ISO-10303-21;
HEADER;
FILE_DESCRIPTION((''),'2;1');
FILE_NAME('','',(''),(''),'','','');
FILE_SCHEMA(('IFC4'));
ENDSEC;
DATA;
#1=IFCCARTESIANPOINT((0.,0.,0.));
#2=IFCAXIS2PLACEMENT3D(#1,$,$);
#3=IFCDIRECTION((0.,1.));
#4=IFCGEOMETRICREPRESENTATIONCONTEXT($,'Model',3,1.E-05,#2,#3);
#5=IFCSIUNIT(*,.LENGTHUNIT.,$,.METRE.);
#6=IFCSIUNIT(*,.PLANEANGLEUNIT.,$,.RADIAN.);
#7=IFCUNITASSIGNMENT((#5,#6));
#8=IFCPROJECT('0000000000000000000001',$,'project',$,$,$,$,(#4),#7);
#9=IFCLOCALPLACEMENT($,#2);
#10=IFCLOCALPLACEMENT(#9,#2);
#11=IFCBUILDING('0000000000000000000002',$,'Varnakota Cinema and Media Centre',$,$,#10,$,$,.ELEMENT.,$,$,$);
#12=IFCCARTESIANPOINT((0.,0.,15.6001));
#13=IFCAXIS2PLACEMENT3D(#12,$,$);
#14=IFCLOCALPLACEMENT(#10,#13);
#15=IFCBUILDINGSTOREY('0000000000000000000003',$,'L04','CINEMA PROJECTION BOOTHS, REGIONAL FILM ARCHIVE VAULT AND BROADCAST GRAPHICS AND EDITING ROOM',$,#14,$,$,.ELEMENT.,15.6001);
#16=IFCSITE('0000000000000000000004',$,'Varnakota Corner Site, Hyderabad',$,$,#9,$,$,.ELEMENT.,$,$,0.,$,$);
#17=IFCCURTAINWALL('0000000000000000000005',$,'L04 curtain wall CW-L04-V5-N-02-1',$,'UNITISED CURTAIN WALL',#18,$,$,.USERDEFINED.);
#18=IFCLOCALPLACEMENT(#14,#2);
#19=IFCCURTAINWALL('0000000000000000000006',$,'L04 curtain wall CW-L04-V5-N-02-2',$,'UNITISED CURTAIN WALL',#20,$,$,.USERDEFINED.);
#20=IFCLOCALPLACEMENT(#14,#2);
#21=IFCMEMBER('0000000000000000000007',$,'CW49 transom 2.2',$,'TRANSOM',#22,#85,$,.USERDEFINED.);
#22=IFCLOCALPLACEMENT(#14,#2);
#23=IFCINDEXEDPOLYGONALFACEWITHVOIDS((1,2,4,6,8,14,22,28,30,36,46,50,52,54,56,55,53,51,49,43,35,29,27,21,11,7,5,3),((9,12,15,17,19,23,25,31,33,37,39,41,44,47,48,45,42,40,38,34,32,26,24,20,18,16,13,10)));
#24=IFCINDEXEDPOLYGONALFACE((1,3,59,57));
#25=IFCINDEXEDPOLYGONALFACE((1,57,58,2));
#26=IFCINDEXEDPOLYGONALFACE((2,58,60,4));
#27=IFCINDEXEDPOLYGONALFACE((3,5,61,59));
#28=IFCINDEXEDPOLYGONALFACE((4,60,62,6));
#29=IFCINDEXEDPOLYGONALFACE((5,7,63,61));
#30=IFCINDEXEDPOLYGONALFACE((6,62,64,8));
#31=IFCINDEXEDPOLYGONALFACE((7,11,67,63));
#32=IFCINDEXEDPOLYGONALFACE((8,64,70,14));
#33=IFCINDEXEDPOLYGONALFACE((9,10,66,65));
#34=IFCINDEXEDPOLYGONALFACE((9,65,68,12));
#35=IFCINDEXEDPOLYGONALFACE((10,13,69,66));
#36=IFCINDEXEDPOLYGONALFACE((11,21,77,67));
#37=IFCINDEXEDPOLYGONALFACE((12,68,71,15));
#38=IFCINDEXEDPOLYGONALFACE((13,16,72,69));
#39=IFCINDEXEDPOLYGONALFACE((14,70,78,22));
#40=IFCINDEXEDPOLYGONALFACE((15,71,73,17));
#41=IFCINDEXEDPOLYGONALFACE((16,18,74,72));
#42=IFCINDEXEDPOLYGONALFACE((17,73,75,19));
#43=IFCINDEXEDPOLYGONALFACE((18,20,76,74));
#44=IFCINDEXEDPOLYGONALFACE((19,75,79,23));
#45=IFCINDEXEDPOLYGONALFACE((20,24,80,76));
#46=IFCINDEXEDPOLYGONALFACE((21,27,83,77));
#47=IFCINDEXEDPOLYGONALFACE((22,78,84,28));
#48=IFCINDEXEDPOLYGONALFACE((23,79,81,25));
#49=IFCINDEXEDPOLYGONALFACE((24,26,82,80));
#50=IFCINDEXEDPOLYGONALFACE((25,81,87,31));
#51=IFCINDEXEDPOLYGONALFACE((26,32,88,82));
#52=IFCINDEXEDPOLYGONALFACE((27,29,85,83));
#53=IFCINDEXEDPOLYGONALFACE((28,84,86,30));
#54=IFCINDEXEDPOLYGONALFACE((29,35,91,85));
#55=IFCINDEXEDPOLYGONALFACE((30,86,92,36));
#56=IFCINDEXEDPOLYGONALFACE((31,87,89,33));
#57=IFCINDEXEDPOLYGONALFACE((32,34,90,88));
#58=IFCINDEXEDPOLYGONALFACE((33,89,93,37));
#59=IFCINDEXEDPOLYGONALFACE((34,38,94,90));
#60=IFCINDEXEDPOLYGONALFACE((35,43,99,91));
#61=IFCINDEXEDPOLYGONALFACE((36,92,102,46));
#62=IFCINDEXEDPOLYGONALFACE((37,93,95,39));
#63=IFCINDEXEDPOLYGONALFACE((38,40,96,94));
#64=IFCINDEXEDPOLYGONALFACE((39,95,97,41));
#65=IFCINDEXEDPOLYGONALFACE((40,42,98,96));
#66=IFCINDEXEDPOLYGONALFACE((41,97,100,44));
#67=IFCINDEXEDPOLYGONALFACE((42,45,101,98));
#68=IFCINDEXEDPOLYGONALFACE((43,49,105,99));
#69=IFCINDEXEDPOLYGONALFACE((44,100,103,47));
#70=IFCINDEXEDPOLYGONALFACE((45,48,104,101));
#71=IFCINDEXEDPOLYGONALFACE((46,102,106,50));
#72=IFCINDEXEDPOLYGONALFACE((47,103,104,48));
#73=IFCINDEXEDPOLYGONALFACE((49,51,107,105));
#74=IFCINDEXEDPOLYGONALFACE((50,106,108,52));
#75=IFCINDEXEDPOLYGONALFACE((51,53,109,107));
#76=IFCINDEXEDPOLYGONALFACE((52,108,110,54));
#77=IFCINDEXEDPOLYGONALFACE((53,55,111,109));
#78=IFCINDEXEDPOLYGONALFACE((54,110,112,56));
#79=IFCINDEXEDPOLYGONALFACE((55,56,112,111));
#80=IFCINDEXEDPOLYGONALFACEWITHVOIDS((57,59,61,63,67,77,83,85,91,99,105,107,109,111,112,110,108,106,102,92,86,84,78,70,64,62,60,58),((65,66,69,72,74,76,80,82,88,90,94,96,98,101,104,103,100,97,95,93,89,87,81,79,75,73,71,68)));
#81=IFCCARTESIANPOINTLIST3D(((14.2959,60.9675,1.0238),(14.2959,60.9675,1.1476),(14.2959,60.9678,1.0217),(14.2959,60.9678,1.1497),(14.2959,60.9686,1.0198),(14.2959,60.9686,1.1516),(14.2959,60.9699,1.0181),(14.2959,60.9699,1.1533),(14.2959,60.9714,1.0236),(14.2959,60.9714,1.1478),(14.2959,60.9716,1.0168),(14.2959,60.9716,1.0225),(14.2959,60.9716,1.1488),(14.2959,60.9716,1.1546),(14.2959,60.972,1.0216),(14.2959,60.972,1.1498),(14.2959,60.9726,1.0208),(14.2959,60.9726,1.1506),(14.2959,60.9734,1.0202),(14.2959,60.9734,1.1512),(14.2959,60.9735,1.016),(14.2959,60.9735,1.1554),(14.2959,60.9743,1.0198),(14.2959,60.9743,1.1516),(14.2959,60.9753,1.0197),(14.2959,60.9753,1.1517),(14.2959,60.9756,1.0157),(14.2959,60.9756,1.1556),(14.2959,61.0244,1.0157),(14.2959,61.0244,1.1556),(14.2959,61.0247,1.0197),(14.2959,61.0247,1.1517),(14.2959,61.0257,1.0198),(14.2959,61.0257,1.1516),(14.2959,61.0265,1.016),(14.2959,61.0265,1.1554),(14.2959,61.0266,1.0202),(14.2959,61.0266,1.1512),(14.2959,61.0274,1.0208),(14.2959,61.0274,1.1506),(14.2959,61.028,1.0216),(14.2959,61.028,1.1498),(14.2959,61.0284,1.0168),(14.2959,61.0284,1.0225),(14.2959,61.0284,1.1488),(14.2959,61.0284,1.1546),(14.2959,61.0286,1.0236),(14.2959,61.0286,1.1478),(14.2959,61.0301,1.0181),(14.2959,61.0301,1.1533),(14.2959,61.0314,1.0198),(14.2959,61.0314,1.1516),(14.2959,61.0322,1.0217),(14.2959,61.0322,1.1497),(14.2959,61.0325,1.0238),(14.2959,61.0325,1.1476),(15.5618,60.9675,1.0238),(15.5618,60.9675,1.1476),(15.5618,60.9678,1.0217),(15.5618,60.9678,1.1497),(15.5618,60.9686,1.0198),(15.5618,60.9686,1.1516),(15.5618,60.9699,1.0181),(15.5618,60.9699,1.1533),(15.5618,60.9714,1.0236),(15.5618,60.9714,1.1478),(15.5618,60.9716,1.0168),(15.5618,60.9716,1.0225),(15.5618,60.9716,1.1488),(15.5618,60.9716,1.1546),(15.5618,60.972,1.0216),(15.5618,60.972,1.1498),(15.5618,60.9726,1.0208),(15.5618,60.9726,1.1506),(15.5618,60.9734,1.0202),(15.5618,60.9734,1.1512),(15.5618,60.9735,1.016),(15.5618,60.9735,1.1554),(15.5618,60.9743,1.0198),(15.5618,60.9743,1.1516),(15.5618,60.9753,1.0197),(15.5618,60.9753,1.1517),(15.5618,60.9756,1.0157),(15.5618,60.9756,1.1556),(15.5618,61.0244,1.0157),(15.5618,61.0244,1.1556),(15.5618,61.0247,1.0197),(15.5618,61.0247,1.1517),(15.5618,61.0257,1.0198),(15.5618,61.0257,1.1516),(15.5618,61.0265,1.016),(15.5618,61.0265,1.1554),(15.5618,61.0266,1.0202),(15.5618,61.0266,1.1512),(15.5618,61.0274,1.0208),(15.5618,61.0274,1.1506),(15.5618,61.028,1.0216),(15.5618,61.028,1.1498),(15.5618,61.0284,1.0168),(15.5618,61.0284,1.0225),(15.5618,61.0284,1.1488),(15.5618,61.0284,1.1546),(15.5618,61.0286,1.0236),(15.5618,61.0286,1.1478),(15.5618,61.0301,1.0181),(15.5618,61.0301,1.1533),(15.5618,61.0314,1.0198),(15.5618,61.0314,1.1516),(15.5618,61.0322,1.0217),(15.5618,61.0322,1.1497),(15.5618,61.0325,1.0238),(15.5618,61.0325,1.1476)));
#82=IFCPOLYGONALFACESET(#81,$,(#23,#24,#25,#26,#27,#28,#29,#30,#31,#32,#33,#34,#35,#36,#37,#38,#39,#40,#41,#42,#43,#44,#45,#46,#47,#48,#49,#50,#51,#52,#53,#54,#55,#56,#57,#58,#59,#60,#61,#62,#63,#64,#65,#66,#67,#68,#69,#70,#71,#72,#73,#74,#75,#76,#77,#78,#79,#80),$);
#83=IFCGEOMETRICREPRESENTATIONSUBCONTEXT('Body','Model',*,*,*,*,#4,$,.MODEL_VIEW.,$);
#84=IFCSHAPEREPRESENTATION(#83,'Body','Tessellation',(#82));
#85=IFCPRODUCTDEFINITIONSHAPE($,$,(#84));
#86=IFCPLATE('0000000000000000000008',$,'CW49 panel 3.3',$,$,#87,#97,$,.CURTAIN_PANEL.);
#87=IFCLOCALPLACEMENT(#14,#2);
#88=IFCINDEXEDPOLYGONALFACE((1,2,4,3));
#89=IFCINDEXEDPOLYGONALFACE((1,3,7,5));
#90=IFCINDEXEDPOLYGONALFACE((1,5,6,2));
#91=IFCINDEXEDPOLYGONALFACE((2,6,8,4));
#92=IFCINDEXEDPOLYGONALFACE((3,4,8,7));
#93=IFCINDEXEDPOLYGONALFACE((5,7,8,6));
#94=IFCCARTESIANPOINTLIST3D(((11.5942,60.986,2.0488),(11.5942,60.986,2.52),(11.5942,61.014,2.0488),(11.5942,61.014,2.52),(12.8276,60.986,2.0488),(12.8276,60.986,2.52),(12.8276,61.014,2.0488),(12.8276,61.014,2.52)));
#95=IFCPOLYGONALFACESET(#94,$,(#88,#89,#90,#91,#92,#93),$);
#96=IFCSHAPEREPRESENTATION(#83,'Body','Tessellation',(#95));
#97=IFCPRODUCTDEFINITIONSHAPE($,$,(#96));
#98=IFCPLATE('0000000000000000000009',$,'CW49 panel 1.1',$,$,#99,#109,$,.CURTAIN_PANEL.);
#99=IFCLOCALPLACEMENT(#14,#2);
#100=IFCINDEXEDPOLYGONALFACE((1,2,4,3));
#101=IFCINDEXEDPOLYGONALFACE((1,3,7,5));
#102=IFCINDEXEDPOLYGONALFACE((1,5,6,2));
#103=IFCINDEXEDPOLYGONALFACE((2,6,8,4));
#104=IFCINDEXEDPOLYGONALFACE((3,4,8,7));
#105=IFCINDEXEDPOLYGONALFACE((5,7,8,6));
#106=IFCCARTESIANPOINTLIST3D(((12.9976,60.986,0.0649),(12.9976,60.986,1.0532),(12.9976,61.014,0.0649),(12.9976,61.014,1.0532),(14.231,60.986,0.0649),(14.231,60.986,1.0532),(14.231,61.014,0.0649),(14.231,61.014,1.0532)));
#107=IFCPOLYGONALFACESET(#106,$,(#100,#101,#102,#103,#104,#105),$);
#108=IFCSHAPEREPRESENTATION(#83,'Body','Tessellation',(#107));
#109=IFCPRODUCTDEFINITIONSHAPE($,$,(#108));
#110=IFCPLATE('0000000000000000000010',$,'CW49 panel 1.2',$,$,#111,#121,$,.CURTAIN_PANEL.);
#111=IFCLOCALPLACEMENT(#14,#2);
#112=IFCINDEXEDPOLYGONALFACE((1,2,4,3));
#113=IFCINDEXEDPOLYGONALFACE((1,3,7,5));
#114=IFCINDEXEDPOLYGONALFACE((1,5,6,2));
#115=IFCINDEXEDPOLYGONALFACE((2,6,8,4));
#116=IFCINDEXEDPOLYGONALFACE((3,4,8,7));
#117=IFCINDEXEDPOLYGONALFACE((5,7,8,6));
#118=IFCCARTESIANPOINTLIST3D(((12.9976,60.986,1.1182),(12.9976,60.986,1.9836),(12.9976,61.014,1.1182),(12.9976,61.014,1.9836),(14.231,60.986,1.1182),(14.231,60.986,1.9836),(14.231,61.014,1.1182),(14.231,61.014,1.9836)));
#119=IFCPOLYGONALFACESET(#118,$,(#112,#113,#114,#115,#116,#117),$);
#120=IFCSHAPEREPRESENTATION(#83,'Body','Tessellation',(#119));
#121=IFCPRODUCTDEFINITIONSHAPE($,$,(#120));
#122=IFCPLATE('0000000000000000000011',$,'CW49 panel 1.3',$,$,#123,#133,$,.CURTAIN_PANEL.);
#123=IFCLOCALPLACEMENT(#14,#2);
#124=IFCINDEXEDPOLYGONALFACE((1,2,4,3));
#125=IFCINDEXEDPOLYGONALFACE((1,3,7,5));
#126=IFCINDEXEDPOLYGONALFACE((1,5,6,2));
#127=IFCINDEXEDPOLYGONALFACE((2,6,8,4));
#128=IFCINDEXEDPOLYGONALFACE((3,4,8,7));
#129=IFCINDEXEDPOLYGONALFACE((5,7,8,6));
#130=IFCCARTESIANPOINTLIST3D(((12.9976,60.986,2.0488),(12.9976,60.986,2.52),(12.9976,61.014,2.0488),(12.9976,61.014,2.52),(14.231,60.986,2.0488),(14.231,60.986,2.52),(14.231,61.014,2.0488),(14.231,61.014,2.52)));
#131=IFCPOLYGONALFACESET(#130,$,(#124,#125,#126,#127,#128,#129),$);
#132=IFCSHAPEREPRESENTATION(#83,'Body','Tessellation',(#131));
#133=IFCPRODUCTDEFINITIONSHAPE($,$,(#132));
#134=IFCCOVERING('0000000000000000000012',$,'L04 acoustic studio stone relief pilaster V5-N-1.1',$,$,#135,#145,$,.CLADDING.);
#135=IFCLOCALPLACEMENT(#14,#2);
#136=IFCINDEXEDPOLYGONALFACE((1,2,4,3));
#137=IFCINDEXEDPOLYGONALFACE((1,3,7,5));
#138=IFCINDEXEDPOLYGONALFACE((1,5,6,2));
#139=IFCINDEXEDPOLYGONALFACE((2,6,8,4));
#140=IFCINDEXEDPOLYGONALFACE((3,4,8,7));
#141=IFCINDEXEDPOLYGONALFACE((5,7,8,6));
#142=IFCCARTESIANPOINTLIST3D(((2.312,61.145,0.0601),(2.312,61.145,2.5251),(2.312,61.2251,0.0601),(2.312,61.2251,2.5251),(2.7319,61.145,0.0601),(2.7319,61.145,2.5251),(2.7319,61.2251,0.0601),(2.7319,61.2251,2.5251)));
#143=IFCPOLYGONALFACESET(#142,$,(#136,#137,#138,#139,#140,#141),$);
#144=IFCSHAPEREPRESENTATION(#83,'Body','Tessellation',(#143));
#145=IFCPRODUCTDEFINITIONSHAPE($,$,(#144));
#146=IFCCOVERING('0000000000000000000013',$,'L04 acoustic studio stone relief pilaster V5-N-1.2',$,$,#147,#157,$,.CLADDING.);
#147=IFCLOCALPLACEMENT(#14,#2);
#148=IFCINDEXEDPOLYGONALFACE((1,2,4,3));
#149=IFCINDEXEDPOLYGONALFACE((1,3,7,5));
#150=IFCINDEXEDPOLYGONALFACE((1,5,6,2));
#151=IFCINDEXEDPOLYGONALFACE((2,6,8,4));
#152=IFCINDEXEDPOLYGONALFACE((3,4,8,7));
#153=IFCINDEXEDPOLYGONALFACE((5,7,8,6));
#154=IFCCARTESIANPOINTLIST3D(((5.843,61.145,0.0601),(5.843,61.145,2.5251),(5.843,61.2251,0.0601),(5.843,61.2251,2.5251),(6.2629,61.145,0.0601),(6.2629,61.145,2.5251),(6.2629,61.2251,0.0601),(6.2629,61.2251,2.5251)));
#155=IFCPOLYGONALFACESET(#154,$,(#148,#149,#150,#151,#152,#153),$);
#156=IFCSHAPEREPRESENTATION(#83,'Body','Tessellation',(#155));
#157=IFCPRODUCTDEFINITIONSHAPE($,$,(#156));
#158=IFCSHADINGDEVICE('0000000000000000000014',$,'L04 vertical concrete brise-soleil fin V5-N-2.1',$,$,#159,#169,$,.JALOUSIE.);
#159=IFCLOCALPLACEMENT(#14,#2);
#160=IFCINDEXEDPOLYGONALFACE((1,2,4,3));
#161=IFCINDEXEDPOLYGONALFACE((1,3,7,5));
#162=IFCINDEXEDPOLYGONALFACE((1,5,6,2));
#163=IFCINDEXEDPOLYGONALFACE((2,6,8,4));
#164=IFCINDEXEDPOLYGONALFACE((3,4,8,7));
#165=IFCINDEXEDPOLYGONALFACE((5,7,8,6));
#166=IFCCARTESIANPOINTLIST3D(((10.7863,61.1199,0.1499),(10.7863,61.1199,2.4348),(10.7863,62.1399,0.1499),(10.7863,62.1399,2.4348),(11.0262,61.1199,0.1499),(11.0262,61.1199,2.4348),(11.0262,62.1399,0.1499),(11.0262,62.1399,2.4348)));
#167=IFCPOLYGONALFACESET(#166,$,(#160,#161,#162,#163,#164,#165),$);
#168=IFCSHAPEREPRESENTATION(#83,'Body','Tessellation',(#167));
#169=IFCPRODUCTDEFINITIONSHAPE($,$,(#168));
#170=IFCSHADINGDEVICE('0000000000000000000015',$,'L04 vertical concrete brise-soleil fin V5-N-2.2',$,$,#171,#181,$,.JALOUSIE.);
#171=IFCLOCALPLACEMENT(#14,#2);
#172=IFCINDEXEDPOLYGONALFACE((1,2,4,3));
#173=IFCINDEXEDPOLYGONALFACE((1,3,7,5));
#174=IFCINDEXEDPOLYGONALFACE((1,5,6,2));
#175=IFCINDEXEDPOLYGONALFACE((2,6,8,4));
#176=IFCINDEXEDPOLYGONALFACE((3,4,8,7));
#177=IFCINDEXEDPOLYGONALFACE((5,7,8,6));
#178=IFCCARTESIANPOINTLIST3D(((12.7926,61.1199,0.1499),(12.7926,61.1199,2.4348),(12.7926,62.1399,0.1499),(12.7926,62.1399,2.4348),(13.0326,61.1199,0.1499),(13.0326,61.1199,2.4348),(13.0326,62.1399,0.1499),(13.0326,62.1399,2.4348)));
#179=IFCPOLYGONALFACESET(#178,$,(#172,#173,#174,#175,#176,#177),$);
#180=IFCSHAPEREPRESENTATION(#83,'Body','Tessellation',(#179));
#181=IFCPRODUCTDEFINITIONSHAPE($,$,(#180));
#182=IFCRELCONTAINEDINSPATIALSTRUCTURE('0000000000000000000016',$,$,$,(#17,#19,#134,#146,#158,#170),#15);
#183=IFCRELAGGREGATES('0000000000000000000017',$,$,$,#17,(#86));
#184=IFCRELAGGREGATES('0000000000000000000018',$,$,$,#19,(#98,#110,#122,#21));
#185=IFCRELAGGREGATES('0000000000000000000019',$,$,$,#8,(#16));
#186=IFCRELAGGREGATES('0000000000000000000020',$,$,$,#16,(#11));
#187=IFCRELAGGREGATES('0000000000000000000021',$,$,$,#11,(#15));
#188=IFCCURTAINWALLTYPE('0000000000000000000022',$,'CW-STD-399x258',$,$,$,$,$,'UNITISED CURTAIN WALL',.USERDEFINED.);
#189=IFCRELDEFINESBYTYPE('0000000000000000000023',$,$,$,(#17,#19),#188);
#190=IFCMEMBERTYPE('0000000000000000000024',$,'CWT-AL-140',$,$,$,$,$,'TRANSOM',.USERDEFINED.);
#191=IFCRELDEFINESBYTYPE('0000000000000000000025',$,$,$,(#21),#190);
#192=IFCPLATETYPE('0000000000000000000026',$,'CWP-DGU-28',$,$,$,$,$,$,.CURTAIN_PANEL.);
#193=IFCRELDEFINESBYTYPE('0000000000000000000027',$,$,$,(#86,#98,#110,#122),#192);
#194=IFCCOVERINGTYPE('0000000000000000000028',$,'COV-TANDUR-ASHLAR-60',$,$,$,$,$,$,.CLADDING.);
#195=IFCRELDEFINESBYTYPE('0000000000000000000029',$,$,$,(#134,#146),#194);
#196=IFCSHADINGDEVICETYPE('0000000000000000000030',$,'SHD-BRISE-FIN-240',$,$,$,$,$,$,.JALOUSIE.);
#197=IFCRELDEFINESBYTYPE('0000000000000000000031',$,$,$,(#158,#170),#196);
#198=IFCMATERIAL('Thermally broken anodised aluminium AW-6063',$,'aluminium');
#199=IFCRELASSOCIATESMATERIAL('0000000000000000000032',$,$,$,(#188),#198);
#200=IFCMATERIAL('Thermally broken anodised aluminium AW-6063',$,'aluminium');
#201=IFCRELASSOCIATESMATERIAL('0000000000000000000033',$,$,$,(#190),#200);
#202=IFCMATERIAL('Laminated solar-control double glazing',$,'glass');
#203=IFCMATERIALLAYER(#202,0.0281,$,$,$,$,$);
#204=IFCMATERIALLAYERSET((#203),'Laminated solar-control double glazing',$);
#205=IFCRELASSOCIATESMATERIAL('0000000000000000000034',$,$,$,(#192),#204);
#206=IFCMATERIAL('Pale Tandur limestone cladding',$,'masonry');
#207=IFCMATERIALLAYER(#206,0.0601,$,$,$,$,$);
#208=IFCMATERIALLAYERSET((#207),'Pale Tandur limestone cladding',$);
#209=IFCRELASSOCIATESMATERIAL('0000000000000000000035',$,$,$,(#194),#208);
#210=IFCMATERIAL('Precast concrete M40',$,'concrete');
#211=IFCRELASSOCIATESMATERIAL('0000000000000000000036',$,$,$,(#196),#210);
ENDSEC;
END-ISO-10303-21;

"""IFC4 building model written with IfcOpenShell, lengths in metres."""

from ifc_helpers import new_model, si_unit, direction, frame, origin, origin_2d, place, context, subcontext, project, spatial, rectangle, hollow_rectangle, extrude, material, layer, layer_set, material_profile, profile_set, type_object, element, aggregate, save


model = new_model("IFC4")

# Units and contexts
model_context = context("Model", 3, precision=1e-05, world=origin(), true_north=direction((0.0, 1.0)))
body_context = subcontext(model_context, "Body", "Model", "MODEL_VIEW")
ifc_project = project(units=[si_unit("LENGTHUNIT", "METRE"), si_unit("PLANEANGLEUNIT", "RADIAN")], contexts=[model_context])

# Site, building, storey
site_placement = place(None, origin())
site = spatial("IfcSite", under=ifc_project, at=site_placement, Name="Varnakota Corner Site, Hyderabad", CompositionType="ELEMENT", RefElevation=0.0)
building_placement = place(site_placement, origin())
building = spatial("IfcBuilding", under=site, at=building_placement, Name="Varnakota Cinema and Media Centre", CompositionType="ELEMENT")
storey_placement = place(building_placement, frame((0.0, 0.0, 15.6001)))
storey = spatial("IfcBuildingStorey", under=building, at=storey_placement, Name="L04", Description="CINEMA PROJECTION BOOTHS, REGIONAL FILM ARCHIVE VAULT AND BROADCAST GRAPHICS AND EDITING ROOM", CompositionType="ELEMENT", Elevation=15.6001)

# Curtain wall
ifc_material_1 = material(Name="Thermally broken anodised aluminium AW-6063", Category="aluminium")
curtain_wall_type = type_object("IfcCurtainWallType", Name="CW-STD-399x258", ElementType="UNITISED CURTAIN WALL", PredefinedType="USERDEFINED", material=ifc_material_1)
curtain_wall_1_placement = place(storey_placement, origin())
curtain_wall_1 = element("IfcCurtainWall", 1, at=curtain_wall_1_placement, inside=storey, type_object=curtain_wall_type, Name="L04 curtain wall CW-L04-V5-N-02-1", ObjectType="UNITISED CURTAIN WALL", PredefinedType="USERDEFINED")

# Curtain wall, member
curtain_wall_2_placement = place(storey_placement, origin())
curtain_wall_2 = element("IfcCurtainWall", 2, at=curtain_wall_2_placement, inside=storey, type_object=curtain_wall_type, Name="L04 curtain wall CW-L04-V5-N-02-2", ObjectType="UNITISED CURTAIN WALL", PredefinedType="USERDEFINED")
ifc_material_2 = material(Name="Thermally broken anodised aluminium AW-6063", Category="aluminium")
ifc_material_profile_1 = material_profile(ifc_material_2, hollow_rectangle(XDim=0.0649, YDim=0.1399, WallThickness=0.0039, InnerFilletRadius=0.0039, OuterFilletRadius=0.0081, at=origin_2d()), Name="AL-TRANSOM 140x65x4")
ifc_profile_set_1 = profile_set([ifc_material_profile_1], Name="Thermally broken anodised aluminium AW-6063")
member_type_1 = type_object("IfcMemberType", Name="CWT-AL-140", ElementType="TRANSOM", PredefinedType="USERDEFINED", material=ifc_profile_set_1)
member_1_placement = place(storey_placement, frame((14.2959, 61.0, 1.0857), z_axis=(1.0, 0.0, 0.0), x_axis=(0.0, 1.0, 0.0)))
member_1 = element("IfcMember", 3, at=member_1_placement, type_object=member_type_1, Name="CW49 transom 2.2", ObjectType="TRANSOM", PredefinedType="USERDEFINED", context=body_context, shape_type="SweptSolid", body=[
    extrude(hollow_rectangle(XDim=0.0649, YDim=0.1399, WallThickness=0.0039, InnerFilletRadius=0.0039, OuterFilletRadius=0.0081, at=origin_2d()), origin(), (0.0, 0.0, 1.0), 1.2659),
])

# Plates
ifc_material_3 = material(Name="Laminated solar-control double glazing", Category="glass")
ifc_layer_1 = layer(ifc_material_3, 0.0281)
ifc_layer_set_1 = layer_set([ifc_layer_1], Name="Laminated solar-control double glazing")
plate_type = type_object("IfcPlateType", Name="CWP-DGU-28", PredefinedType="CURTAIN_PANEL", material=ifc_layer_set_1)
plate_1_placement = place(storey_placement, frame((12.2109, 61.0, 2.0488), z_axis=(0.0, 0.0, 1.0), x_axis=(1.0, 0.0, 0.0)))
plate_1 = element("IfcPlate", 4, at=plate_1_placement, type_object=plate_type, Name="CW49 panel 3.3", PredefinedType="CURTAIN_PANEL", context=body_context, shape_type="SweptSolid", body=[
    extrude(rectangle(XDim=1.2334, YDim=0.0281, at=origin_2d()), origin(), (0.0, 0.0, 1.0), 0.4712),
])
aggregate(curtain_wall_1, [plate_1])
plate_2_placement = place(storey_placement, frame((13.6143, 61.0, 0.0649), z_axis=(0.0, 0.0, 1.0), x_axis=(1.0, 0.0, 0.0)))
plate_2 = element("IfcPlate", 5, at=plate_2_placement, type_object=plate_type, Name="CW49 panel 1.1", PredefinedType="CURTAIN_PANEL", context=body_context, shape_type="SweptSolid", body=[
    extrude(rectangle(XDim=1.2334, YDim=0.0281, at=origin_2d()), origin(), (0.0, 0.0, 1.0), 0.9883),
])
plate_3_placement = place(storey_placement, frame((13.6143, 61.0, 1.1182), z_axis=(0.0, 0.0, 1.0), x_axis=(1.0, 0.0, 0.0)))
plate_3 = element("IfcPlate", 6, at=plate_3_placement, type_object=plate_type, Name="CW49 panel 1.2", PredefinedType="CURTAIN_PANEL", context=body_context, shape_type="SweptSolid", body=[
    extrude(rectangle(XDim=1.2334, YDim=0.0281, at=origin_2d()), origin(), (0.0, 0.0, 1.0), 0.8655),
])
plate_4_placement = place(storey_placement, frame((13.6143, 61.0, 2.0488), z_axis=(0.0, 0.0, 1.0), x_axis=(1.0, 0.0, 0.0)))
plate_4 = element("IfcPlate", 7, at=plate_4_placement, type_object=plate_type, Name="CW49 panel 1.3", PredefinedType="CURTAIN_PANEL", context=body_context, shape_type="SweptSolid", body=[
    extrude(rectangle(XDim=1.2334, YDim=0.0281, at=origin_2d()), origin(), (0.0, 0.0, 1.0), 0.4712),
])
aggregate(curtain_wall_2, [plate_2, plate_3, plate_4, member_1])

# Coverings
ifc_material_4 = material(Name="Pale Tandur limestone cladding", Category="masonry")
ifc_layer_2 = layer(ifc_material_4, 0.0601)
ifc_layer_set_2 = layer_set([ifc_layer_2], Name="Pale Tandur limestone cladding")
covering_type = type_object("IfcCoveringType", Name="COV-TANDUR-ASHLAR-60", PredefinedType="CLADDING", material=ifc_layer_set_2)
for number, where, z_axis, x_axis, name in (
    (8, (2.522, 61.1851, 0.0601), (0.0, 0.0, 1.0), (1.0, 0.0, 0.0), "L04 acoustic studio stone relief pilaster V5-N-1.1"),
    (9, (6.053, 61.1851, 0.0601), (0.0, 0.0, 1.0), (1.0, 0.0, 0.0), "L04 acoustic studio stone relief pilaster V5-N-1.2"),
):
    element("IfcCovering", number, at=place(storey_placement, frame(where, z_axis=z_axis, x_axis=x_axis)), inside=storey, type_object=covering_type, Name=name, PredefinedType="CLADDING", context=body_context, shape_type="SweptSolid", body=[
        extrude(rectangle(XDim=0.4199, YDim=0.0801, at=origin_2d()), origin(), (0.0, 0.0, 1.0), 2.4651),
    ])

# Shading devices
ifc_material_5 = material(Name="Precast concrete M40", Category="concrete")
shading_device_type = type_object("IfcShadingDeviceType", Name="SHD-BRISE-FIN-240", PredefinedType="JALOUSIE", material=ifc_material_5)
for number, where, z_axis, x_axis, name in (
    (10, (10.9062, 61.6299, 0.1499), (0.0, 0.0, 1.0), (1.0, 0.0, 0.0), "L04 vertical concrete brise-soleil fin V5-N-2.1"),
    (11, (12.9126, 61.6299, 0.1499), (0.0, 0.0, 1.0), (1.0, 0.0, 0.0), "L04 vertical concrete brise-soleil fin V5-N-2.2"),
):
    element("IfcShadingDevice", number, at=place(storey_placement, frame(where, z_axis=z_axis, x_axis=x_axis)), inside=storey, type_object=shading_device_type, Name=name, PredefinedType="JALOUSIE", context=body_context, shape_type="SweptSolid", body=[
        extrude(rectangle(XDim=0.24, YDim=1.02, at=origin_2d()), origin(), (0.0, 0.0, 1.0), 2.2849),
    ])

save(model, "model.ifc")
